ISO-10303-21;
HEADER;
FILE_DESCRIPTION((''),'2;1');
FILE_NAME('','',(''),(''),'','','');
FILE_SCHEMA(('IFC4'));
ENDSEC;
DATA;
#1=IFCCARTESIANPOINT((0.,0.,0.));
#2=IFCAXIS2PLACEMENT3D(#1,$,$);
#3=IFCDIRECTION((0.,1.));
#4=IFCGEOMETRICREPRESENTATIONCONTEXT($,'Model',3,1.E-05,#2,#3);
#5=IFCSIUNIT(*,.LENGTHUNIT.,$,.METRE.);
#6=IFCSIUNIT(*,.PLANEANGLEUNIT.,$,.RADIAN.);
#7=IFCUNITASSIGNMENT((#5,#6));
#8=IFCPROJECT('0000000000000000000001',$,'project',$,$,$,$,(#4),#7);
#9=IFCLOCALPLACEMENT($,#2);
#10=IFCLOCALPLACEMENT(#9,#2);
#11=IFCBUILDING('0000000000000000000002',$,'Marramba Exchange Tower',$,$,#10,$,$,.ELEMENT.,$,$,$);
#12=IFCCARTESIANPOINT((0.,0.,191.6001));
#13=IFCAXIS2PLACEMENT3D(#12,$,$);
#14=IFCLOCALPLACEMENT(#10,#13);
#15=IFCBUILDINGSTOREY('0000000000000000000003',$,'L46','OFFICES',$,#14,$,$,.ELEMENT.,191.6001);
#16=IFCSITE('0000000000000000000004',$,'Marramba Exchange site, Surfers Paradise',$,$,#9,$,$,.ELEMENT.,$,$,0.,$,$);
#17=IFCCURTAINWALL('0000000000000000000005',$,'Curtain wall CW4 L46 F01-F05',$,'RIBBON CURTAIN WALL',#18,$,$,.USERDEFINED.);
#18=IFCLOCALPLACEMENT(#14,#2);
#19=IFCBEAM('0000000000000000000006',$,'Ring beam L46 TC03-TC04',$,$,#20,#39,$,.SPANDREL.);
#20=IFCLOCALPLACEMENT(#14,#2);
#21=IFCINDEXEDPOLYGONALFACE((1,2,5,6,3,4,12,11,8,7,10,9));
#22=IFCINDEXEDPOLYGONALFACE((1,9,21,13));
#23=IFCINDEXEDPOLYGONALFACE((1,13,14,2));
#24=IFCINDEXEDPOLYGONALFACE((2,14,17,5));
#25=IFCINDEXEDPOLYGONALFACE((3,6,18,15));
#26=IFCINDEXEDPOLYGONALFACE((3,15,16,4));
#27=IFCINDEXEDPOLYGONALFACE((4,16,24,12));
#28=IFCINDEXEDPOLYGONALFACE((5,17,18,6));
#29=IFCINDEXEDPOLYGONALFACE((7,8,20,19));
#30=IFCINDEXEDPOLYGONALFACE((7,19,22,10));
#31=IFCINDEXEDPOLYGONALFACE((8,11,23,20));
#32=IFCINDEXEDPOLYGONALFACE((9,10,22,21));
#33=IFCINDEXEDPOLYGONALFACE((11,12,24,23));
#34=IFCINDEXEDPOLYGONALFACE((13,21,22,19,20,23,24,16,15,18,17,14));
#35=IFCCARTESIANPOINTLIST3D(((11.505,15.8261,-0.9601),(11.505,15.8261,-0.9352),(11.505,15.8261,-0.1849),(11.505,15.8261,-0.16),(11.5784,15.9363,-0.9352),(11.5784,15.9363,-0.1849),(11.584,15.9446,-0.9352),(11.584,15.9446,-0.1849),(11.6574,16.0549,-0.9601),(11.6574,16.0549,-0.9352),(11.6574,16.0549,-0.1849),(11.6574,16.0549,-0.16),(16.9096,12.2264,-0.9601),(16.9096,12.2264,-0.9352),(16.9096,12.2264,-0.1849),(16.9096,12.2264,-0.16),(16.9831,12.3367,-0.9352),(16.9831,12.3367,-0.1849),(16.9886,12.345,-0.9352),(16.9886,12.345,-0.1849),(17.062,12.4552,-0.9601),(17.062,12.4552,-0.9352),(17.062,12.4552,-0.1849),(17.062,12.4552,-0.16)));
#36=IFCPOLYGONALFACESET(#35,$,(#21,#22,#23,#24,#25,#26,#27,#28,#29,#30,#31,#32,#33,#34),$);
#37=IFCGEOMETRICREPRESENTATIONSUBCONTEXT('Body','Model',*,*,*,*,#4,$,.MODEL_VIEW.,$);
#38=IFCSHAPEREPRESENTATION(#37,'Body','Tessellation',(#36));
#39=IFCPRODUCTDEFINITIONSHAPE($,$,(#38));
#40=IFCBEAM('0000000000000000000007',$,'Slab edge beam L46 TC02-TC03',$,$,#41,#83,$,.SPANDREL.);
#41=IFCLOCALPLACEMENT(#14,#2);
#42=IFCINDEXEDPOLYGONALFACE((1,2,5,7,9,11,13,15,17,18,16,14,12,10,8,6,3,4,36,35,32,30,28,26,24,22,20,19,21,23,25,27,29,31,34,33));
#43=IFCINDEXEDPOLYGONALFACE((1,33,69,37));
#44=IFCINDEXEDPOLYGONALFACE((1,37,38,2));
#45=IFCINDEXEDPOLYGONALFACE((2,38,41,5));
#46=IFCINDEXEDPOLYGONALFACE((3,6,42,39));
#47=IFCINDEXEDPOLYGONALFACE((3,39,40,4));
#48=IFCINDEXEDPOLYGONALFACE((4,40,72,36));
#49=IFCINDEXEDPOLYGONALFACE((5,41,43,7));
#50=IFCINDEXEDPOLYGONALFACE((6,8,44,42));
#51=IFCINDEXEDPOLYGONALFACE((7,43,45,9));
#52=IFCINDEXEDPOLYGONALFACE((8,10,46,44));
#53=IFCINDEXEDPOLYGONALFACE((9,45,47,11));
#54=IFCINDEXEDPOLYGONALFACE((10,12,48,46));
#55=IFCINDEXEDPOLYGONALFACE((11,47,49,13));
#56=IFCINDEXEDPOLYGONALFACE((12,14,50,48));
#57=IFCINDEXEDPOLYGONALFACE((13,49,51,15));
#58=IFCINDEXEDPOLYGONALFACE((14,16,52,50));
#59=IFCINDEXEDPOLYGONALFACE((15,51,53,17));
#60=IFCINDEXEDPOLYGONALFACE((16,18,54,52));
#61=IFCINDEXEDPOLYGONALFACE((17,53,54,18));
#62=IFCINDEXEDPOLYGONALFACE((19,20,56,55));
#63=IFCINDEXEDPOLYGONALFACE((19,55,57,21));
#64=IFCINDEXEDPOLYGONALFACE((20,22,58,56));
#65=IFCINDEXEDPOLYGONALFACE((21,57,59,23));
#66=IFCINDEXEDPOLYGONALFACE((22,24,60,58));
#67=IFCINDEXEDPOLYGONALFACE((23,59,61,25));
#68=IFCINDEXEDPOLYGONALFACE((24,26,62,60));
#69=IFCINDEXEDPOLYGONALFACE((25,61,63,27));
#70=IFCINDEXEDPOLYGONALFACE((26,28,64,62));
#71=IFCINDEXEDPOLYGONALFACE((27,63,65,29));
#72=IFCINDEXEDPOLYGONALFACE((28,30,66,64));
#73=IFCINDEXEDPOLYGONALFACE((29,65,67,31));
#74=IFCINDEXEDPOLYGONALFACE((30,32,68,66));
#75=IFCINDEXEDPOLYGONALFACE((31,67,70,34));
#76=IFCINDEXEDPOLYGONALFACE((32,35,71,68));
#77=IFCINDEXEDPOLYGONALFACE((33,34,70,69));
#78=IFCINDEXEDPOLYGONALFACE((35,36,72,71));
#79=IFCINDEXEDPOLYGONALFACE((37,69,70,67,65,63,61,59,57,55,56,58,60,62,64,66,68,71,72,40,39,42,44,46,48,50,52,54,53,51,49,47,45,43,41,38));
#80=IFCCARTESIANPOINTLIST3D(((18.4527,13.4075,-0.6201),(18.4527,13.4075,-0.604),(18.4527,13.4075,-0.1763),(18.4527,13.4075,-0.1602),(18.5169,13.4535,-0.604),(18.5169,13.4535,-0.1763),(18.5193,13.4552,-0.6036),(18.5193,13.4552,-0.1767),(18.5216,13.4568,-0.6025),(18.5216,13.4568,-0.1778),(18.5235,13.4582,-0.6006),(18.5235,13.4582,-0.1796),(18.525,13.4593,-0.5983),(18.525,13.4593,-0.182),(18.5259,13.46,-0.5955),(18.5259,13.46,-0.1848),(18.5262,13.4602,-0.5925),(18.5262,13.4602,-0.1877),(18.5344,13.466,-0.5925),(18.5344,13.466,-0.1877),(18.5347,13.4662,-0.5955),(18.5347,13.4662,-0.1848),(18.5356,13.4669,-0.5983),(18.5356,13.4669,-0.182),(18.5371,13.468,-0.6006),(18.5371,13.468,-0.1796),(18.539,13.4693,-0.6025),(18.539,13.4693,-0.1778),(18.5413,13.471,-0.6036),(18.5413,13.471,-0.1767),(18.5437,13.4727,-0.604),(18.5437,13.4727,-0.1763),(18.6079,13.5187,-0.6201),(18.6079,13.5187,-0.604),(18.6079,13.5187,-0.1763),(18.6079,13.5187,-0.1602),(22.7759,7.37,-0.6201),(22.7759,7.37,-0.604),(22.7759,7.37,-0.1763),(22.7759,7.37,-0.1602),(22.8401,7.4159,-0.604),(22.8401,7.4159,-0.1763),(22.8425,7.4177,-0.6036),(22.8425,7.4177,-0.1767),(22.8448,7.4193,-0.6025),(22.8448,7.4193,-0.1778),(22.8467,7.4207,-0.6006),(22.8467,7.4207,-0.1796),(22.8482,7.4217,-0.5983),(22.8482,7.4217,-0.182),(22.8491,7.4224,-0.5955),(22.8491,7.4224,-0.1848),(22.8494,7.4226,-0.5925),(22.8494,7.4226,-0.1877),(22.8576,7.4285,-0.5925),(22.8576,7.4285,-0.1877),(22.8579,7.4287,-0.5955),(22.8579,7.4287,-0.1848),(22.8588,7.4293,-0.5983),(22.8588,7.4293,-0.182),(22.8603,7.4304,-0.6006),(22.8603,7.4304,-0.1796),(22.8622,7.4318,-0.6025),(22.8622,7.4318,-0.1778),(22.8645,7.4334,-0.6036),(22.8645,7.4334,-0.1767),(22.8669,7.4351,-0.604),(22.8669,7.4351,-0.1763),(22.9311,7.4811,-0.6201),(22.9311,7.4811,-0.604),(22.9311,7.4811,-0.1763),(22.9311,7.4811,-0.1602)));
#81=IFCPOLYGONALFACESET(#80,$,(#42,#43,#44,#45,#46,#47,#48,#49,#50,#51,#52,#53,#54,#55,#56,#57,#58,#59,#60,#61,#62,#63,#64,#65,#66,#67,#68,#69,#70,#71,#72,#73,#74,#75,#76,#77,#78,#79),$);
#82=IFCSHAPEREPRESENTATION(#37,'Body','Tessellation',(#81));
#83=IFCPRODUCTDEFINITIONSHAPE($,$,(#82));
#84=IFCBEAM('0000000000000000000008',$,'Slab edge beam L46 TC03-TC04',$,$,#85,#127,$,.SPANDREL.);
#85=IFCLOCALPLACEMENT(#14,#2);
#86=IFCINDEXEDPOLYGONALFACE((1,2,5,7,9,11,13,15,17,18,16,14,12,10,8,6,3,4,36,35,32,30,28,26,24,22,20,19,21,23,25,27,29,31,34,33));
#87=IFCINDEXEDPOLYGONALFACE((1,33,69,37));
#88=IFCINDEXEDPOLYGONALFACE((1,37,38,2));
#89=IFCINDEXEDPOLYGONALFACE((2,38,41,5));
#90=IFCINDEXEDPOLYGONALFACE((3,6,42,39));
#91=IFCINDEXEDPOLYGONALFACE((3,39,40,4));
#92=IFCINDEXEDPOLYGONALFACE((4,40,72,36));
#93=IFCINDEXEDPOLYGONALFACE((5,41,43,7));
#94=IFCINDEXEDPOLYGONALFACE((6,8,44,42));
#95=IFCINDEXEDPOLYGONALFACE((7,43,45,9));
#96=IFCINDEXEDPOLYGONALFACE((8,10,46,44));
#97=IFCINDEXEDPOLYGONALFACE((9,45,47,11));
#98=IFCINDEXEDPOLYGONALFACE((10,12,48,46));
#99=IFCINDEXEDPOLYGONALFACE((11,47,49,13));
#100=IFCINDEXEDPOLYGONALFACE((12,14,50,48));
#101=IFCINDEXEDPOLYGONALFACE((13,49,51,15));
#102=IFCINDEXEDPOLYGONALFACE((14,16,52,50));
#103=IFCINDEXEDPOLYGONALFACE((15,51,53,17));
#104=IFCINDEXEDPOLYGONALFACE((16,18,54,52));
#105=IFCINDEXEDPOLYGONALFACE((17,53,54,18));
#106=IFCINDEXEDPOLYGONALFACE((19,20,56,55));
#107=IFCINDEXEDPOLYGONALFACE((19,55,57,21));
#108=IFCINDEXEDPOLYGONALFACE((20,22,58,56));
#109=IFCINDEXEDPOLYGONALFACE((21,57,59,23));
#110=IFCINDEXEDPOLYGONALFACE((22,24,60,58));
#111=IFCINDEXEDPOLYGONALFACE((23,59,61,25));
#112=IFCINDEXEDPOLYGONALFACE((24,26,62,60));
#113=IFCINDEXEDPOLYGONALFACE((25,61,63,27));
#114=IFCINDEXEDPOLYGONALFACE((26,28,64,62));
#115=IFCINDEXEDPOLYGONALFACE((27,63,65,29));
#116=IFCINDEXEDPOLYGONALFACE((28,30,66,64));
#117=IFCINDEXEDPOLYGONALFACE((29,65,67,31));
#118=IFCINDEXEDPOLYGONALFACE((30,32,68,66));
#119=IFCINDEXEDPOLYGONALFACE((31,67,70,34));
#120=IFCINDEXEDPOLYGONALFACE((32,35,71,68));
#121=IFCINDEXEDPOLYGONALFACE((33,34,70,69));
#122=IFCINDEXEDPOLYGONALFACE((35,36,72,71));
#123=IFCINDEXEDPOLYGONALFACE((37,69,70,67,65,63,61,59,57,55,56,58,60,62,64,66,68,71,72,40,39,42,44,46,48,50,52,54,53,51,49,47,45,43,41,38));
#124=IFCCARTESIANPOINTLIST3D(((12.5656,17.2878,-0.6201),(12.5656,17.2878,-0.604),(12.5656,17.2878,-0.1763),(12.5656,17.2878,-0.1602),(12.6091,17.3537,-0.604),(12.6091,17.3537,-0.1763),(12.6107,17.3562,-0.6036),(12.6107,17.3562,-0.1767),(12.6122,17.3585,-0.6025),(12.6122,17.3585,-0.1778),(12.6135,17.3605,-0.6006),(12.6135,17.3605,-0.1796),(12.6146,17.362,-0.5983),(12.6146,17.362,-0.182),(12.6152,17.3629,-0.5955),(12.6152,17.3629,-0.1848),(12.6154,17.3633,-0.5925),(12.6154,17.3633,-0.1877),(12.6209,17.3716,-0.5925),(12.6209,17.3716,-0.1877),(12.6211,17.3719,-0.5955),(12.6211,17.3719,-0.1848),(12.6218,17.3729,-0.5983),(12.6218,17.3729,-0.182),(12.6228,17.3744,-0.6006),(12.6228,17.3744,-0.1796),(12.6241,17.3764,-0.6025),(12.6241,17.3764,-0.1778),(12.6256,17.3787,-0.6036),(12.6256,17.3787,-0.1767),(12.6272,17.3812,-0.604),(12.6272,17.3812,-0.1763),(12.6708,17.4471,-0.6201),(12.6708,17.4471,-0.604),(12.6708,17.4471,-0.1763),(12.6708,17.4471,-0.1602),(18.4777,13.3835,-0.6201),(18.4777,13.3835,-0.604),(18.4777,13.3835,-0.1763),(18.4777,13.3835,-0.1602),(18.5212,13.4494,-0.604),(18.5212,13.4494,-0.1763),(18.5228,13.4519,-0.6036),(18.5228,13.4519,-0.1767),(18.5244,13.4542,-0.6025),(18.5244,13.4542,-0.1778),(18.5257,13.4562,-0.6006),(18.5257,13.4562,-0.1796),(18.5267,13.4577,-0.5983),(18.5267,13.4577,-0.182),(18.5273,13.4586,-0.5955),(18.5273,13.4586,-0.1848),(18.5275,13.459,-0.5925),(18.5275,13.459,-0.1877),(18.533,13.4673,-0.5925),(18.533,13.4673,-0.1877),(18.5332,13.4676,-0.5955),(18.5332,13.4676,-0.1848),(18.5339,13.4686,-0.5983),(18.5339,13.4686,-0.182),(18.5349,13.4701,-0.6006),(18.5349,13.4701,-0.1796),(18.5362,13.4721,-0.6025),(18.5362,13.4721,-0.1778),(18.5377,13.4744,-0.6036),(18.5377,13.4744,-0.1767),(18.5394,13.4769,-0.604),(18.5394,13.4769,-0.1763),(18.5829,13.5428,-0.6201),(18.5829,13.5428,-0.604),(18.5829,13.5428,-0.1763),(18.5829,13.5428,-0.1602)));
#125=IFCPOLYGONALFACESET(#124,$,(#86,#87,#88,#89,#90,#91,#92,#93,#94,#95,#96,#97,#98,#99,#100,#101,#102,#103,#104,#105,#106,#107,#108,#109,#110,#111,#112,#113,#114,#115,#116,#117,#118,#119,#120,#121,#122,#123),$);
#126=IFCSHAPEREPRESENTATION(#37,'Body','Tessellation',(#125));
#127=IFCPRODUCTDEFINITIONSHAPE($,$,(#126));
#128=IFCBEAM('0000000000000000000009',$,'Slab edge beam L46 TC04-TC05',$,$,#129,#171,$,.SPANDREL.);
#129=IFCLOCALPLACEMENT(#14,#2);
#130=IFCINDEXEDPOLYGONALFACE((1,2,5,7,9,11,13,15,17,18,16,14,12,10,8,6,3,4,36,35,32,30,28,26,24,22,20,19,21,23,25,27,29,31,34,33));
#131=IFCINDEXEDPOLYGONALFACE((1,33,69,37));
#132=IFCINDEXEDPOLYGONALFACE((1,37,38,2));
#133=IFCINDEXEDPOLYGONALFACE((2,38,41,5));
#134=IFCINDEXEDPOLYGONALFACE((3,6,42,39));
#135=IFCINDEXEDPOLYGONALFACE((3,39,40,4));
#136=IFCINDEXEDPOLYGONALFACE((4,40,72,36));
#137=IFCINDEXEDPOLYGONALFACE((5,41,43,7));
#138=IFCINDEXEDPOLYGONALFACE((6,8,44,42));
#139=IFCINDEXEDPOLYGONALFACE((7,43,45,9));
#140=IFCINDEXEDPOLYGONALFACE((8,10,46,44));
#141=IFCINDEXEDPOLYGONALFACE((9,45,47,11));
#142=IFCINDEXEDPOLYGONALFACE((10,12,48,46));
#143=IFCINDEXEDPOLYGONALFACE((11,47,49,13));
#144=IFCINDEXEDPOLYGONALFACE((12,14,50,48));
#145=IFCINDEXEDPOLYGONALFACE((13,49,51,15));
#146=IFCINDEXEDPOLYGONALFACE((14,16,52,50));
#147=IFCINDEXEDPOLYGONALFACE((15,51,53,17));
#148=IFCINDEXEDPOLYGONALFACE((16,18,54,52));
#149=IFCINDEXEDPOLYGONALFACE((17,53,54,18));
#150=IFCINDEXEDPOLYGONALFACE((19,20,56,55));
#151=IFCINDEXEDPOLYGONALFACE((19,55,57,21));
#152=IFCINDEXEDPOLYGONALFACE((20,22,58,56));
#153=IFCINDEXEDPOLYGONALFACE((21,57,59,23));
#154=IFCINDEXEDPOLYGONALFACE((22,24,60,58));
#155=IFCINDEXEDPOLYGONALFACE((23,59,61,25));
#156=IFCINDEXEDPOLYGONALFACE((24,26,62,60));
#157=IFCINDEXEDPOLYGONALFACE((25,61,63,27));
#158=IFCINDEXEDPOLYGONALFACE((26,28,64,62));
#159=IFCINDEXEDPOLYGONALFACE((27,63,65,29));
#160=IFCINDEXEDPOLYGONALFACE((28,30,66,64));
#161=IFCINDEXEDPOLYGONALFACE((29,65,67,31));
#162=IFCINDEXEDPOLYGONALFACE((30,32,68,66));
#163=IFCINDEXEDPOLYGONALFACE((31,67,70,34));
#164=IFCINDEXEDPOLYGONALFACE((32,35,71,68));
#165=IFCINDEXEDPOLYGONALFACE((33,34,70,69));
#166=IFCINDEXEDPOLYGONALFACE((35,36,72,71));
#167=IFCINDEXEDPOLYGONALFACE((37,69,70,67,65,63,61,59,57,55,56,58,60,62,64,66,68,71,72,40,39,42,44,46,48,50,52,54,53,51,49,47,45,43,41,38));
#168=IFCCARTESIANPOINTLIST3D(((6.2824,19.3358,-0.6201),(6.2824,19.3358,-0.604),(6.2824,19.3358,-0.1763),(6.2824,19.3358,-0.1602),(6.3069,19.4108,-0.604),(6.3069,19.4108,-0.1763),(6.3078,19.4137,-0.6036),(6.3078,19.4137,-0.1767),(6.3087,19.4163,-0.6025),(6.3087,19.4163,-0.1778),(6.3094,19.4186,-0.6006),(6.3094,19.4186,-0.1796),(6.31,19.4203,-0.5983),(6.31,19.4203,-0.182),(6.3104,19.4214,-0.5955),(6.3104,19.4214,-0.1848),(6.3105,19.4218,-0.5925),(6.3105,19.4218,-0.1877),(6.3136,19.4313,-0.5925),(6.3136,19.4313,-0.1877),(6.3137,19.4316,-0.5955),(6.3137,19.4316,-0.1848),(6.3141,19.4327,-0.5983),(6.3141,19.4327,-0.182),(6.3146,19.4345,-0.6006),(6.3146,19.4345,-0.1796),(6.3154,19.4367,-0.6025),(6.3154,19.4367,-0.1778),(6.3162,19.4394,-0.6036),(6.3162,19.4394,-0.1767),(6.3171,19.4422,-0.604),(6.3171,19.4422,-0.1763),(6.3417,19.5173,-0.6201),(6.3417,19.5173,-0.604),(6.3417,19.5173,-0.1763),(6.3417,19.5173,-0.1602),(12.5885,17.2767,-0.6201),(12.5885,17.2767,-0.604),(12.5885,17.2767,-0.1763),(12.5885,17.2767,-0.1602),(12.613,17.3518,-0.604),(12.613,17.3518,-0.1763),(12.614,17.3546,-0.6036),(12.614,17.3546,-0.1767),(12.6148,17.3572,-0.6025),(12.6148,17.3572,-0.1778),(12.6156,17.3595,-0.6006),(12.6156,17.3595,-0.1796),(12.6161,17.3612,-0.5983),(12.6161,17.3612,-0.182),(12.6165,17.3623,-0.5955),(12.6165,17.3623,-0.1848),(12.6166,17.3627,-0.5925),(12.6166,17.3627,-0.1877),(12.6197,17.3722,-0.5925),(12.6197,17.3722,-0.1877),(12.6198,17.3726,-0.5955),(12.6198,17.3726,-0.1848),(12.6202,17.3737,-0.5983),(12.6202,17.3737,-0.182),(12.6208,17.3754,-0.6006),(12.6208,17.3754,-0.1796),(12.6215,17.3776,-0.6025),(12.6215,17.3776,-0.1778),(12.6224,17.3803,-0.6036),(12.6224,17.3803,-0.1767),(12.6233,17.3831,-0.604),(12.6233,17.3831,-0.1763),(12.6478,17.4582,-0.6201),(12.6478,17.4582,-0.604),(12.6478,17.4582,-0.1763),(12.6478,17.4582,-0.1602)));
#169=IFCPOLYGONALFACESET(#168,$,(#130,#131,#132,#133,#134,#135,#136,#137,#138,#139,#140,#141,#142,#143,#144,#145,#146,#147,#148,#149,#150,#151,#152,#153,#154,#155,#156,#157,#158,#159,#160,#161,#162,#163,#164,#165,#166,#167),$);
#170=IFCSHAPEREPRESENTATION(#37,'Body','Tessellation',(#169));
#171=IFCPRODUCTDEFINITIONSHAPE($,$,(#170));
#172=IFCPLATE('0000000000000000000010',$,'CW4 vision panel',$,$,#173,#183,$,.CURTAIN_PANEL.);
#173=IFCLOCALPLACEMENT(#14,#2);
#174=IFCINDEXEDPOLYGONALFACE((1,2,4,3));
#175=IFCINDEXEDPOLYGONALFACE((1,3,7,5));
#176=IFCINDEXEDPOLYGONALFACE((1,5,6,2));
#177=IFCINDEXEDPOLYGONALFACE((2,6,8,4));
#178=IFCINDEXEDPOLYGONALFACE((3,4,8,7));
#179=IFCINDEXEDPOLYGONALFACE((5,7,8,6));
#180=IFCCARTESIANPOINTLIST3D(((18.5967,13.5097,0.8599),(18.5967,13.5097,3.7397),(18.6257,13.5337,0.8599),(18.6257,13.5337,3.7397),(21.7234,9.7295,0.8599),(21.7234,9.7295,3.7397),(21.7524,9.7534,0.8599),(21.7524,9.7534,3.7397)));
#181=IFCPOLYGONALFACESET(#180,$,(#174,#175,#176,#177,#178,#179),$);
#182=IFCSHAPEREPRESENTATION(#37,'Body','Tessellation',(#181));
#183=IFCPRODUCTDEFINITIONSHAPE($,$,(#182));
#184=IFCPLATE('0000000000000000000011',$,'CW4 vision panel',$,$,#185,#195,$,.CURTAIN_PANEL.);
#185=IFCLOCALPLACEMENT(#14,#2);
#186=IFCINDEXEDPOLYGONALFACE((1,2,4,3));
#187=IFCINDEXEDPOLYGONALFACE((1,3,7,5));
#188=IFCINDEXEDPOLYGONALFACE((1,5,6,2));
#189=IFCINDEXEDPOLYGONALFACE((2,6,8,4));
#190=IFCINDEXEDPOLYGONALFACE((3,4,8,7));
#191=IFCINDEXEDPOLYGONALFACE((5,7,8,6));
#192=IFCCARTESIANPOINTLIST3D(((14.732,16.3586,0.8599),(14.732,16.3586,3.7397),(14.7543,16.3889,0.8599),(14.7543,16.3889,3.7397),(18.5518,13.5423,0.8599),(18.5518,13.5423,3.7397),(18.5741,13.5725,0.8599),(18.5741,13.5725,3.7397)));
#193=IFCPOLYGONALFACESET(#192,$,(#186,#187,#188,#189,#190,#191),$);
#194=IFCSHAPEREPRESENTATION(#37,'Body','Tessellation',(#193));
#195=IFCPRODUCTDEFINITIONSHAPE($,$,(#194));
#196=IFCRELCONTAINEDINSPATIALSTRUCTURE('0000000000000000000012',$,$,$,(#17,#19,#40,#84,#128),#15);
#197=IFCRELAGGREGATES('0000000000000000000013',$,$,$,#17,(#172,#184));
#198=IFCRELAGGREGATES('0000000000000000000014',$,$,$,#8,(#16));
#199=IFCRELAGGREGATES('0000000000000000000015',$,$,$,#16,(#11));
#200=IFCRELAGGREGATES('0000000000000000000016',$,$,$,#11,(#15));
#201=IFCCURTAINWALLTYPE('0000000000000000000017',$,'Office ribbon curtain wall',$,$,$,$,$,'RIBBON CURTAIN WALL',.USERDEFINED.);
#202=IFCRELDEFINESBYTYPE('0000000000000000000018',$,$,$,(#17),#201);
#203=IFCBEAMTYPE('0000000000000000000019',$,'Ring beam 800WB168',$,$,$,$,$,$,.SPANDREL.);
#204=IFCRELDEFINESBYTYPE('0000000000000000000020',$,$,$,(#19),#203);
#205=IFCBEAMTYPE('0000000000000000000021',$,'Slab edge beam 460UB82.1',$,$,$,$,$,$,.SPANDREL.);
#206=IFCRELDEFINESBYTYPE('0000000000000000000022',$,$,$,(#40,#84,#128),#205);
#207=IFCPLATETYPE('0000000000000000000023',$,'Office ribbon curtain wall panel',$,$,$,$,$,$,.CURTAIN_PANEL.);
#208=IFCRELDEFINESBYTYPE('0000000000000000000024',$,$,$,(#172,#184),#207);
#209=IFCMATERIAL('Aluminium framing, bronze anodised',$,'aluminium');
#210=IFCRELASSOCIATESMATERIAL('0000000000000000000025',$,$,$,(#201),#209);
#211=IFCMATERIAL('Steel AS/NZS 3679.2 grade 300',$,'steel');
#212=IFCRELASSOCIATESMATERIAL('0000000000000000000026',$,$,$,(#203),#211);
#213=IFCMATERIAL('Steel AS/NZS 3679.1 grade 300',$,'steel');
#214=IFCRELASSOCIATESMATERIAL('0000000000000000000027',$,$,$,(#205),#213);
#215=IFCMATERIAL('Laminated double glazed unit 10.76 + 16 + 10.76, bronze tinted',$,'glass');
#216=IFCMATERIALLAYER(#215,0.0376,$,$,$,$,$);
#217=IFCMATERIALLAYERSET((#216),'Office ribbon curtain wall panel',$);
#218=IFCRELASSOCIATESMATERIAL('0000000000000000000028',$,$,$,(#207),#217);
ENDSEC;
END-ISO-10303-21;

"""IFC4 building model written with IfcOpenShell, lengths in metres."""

from ifc_helpers import new_model, si_unit, direction, frame, origin, origin_2d, place, context, subcontext, project, spatial, rectangle, i_section, extrude, material, layer, layer_set, material_profile, profile_set, type_object, element, aggregate, save


model = new_model("IFC4")

# Units and contexts
model_context = context("Model", 3, precision=1e-05, world=origin(), true_north=direction((0.0, 1.0)))
body_context = subcontext(model_context, "Body", "Model", "MODEL_VIEW")
ifc_project = project(units=[si_unit("LENGTHUNIT", "METRE"), si_unit("PLANEANGLEUNIT", "RADIAN")], contexts=[model_context])

# Site, building, storey
site_placement = place(None, origin())
site = spatial("IfcSite", under=ifc_project, at=site_placement, Name="Marramba Exchange site, Surfers Paradise", CompositionType="ELEMENT", RefElevation=0.0)
building_placement = place(site_placement, origin())
building = spatial("IfcBuilding", under=site, at=building_placement, Name="Marramba Exchange Tower", CompositionType="ELEMENT")
storey_placement = place(building_placement, frame((0.0, 0.0, 191.6001)))
storey = spatial("IfcBuildingStorey", under=building, at=storey_placement, Name="L46", Description="OFFICES", CompositionType="ELEMENT", Elevation=191.6001)

# Shared definitions
ifc_material_1 = material(Name="Steel AS/NZS 3679.2 grade 300", Category="steel")
ifc_material_2 = material(Name="Steel AS/NZS 3679.1 grade 300", Category="steel")

# Curtain wall
ifc_material_3 = material(Name="Aluminium framing, bronze anodised", Category="aluminium")
curtain_wall_type = type_object("IfcCurtainWallType", Name="Office ribbon curtain wall", ElementType="RIBBON CURTAIN WALL", PredefinedType="USERDEFINED", material=ifc_material_3)
curtain_wall_placement = place(storey_placement, origin())
curtain_wall = element("IfcCurtainWall", 1, at=curtain_wall_placement, inside=storey, type_object=curtain_wall_type, Name="Curtain wall CW4 L46 F01-F05", ObjectType="RIBBON CURTAIN WALL", PredefinedType="USERDEFINED")

# Beams
ifc_material_profile_1 = material_profile(ifc_material_1, i_section(OverallWidth=0.2749, OverallDepth=0.8, WebThickness=0.01, FlangeThickness=0.0249, at=origin_2d()), Name="800WB168")
ifc_profile_set_1 = profile_set([ifc_material_profile_1], Name="Steel AS/NZS 3679.2 grade 300")
beam_type_1 = type_object("IfcBeamType", Name="Ring beam 800WB168", PredefinedType="SPANDREL", material=ifc_profile_set_1)
beam_1_placement = place(storey_placement, frame((16.9858, 12.3408, -0.5601), z_axis=(-0.832293, 0.554336, 0.0), x_axis=(-0.554336, -0.832293, 0.0)))
element("IfcBeam", 2, at=beam_1_placement, inside=storey, type_object=beam_type_1, Name="Ring beam L46 TC03-TC04", PredefinedType="SPANDREL", context=body_context, shape_type="SweptSolid", body=[
    extrude(i_section(OverallWidth=0.2749, OverallDepth=0.8, WebThickness=0.01, FlangeThickness=0.0249, at=origin_2d()), origin(), (0.0, 0.0, 1.0), 6.4937),
])
ifc_material_profile_2 = material_profile(ifc_material_2, i_section(OverallWidth=0.1909, OverallDepth=0.46, WebThickness=0.01, FlangeThickness=0.0161, FilletRadius=0.0115, at=origin_2d()), Name="460UB82.1")
ifc_profile_set_2 = profile_set([ifc_material_profile_2], Name="Steel AS/NZS 3679.1 grade 300")
beam_type_2 = type_object("IfcBeamType", Name="Slab edge beam 460UB82.1", PredefinedType="SPANDREL", material=ifc_profile_set_2)
beam_2_placement = place(storey_placement, frame((22.8535, 7.4255, -0.3901), z_axis=(-0.582189, 0.813053, 0.0), x_axis=(-0.813053, -0.582189, 0.0)))
element("IfcBeam", 3, at=beam_2_placement, inside=storey, type_object=beam_type_2, Name="Slab edge beam L46 TC02-TC03", PredefinedType="SPANDREL", context=body_context, shape_type="SweptSolid", body=[
    extrude(i_section(OverallWidth=0.1909, OverallDepth=0.46, WebThickness=0.01, FlangeThickness=0.0161, FilletRadius=0.0115, at=origin_2d()), origin(), (0.0, 0.0, 1.0), 7.4258),
])
beam_3_placement = place(storey_placement, frame((18.5303, 13.4631, -0.3901), z_axis=(-0.83446, 0.551069, 0.0), x_axis=(-0.551069, -0.83446, 0.0)))
element("IfcBeam", 4, at=beam_3_placement, inside=storey, type_object=beam_type_2, Name="Slab edge beam L46 TC03-TC04", PredefinedType="SPANDREL", context=body_context, shape_type="SweptSolid", body=[
    extrude(i_section(OverallWidth=0.1909, OverallDepth=0.46, WebThickness=0.01, FlangeThickness=0.0161, FilletRadius=0.0115, at=origin_2d()), origin(), (0.0, 0.0, 1.0), 7.085),
])
beam_4_placement = place(storey_placement, frame((12.6182, 17.3674, -0.3901), z_axis=(-0.950609, 0.310392, 0.0), x_axis=(-0.310392, -0.950609, 0.0)))
element("IfcBeam", 5, at=beam_4_placement, inside=storey, type_object=beam_type_2, Name="Slab edge beam L46 TC04-TC05", PredefinedType="SPANDREL", context=body_context, shape_type="SweptSolid", body=[
    extrude(i_section(OverallWidth=0.1909, OverallDepth=0.46, WebThickness=0.01, FlangeThickness=0.0161, FilletRadius=0.0115, at=origin_2d()), origin(), (0.0, 0.0, 1.0), 6.6338),
])

# Plates
ifc_material_4 = material(Name="Laminated double glazed unit 10.76 + 16 + 10.76, bronze tinted", Category="glass")
ifc_layer_1 = layer(ifc_material_4, 0.0376)
ifc_layer_set_1 = layer_set([ifc_layer_1], Name="Office ribbon curtain wall panel")
plate_type = type_object("IfcPlateType", Name="Office ribbon curtain wall panel", PredefinedType="CURTAIN_PANEL", material=ifc_layer_set_1)
plate_1_placement = place(storey_placement, frame((20.1746, 11.6316, 0.8599), z_axis=(0.0, 0.0, 1.0), x_axis=(-0.63735, 0.770574, 0.0)))
plate_1 = element("IfcPlate", 6, at=plate_1_placement, type_object=plate_type, Name="CW4 vision panel", PredefinedType="CURTAIN_PANEL", context=body_context, shape_type="SweptSolid", body=[
    extrude(rectangle(XDim=4.9058, YDim=0.0376, at=origin_2d()), origin(), (0.0, 0.0, 1.0), 2.8799),
])
plate_2_placement = place(storey_placement, frame((16.6531, 14.9656, 0.8599), z_axis=(0.0, 0.0, 1.0), x_axis=(-0.804877, 0.593441, 0.0)))
plate_2 = element("IfcPlate", 7, at=plate_2_placement, type_object=plate_type, Name="CW4 vision panel", PredefinedType="CURTAIN_PANEL", context=body_context, shape_type="SweptSolid", body=[
    extrude(rectangle(XDim=4.7458, YDim=0.0376, at=origin_2d()), origin(), (0.0, 0.0, 1.0), 2.8799),
])
aggregate(curtain_wall, [plate_1, plate_2])

save(model, "model.ifc")
